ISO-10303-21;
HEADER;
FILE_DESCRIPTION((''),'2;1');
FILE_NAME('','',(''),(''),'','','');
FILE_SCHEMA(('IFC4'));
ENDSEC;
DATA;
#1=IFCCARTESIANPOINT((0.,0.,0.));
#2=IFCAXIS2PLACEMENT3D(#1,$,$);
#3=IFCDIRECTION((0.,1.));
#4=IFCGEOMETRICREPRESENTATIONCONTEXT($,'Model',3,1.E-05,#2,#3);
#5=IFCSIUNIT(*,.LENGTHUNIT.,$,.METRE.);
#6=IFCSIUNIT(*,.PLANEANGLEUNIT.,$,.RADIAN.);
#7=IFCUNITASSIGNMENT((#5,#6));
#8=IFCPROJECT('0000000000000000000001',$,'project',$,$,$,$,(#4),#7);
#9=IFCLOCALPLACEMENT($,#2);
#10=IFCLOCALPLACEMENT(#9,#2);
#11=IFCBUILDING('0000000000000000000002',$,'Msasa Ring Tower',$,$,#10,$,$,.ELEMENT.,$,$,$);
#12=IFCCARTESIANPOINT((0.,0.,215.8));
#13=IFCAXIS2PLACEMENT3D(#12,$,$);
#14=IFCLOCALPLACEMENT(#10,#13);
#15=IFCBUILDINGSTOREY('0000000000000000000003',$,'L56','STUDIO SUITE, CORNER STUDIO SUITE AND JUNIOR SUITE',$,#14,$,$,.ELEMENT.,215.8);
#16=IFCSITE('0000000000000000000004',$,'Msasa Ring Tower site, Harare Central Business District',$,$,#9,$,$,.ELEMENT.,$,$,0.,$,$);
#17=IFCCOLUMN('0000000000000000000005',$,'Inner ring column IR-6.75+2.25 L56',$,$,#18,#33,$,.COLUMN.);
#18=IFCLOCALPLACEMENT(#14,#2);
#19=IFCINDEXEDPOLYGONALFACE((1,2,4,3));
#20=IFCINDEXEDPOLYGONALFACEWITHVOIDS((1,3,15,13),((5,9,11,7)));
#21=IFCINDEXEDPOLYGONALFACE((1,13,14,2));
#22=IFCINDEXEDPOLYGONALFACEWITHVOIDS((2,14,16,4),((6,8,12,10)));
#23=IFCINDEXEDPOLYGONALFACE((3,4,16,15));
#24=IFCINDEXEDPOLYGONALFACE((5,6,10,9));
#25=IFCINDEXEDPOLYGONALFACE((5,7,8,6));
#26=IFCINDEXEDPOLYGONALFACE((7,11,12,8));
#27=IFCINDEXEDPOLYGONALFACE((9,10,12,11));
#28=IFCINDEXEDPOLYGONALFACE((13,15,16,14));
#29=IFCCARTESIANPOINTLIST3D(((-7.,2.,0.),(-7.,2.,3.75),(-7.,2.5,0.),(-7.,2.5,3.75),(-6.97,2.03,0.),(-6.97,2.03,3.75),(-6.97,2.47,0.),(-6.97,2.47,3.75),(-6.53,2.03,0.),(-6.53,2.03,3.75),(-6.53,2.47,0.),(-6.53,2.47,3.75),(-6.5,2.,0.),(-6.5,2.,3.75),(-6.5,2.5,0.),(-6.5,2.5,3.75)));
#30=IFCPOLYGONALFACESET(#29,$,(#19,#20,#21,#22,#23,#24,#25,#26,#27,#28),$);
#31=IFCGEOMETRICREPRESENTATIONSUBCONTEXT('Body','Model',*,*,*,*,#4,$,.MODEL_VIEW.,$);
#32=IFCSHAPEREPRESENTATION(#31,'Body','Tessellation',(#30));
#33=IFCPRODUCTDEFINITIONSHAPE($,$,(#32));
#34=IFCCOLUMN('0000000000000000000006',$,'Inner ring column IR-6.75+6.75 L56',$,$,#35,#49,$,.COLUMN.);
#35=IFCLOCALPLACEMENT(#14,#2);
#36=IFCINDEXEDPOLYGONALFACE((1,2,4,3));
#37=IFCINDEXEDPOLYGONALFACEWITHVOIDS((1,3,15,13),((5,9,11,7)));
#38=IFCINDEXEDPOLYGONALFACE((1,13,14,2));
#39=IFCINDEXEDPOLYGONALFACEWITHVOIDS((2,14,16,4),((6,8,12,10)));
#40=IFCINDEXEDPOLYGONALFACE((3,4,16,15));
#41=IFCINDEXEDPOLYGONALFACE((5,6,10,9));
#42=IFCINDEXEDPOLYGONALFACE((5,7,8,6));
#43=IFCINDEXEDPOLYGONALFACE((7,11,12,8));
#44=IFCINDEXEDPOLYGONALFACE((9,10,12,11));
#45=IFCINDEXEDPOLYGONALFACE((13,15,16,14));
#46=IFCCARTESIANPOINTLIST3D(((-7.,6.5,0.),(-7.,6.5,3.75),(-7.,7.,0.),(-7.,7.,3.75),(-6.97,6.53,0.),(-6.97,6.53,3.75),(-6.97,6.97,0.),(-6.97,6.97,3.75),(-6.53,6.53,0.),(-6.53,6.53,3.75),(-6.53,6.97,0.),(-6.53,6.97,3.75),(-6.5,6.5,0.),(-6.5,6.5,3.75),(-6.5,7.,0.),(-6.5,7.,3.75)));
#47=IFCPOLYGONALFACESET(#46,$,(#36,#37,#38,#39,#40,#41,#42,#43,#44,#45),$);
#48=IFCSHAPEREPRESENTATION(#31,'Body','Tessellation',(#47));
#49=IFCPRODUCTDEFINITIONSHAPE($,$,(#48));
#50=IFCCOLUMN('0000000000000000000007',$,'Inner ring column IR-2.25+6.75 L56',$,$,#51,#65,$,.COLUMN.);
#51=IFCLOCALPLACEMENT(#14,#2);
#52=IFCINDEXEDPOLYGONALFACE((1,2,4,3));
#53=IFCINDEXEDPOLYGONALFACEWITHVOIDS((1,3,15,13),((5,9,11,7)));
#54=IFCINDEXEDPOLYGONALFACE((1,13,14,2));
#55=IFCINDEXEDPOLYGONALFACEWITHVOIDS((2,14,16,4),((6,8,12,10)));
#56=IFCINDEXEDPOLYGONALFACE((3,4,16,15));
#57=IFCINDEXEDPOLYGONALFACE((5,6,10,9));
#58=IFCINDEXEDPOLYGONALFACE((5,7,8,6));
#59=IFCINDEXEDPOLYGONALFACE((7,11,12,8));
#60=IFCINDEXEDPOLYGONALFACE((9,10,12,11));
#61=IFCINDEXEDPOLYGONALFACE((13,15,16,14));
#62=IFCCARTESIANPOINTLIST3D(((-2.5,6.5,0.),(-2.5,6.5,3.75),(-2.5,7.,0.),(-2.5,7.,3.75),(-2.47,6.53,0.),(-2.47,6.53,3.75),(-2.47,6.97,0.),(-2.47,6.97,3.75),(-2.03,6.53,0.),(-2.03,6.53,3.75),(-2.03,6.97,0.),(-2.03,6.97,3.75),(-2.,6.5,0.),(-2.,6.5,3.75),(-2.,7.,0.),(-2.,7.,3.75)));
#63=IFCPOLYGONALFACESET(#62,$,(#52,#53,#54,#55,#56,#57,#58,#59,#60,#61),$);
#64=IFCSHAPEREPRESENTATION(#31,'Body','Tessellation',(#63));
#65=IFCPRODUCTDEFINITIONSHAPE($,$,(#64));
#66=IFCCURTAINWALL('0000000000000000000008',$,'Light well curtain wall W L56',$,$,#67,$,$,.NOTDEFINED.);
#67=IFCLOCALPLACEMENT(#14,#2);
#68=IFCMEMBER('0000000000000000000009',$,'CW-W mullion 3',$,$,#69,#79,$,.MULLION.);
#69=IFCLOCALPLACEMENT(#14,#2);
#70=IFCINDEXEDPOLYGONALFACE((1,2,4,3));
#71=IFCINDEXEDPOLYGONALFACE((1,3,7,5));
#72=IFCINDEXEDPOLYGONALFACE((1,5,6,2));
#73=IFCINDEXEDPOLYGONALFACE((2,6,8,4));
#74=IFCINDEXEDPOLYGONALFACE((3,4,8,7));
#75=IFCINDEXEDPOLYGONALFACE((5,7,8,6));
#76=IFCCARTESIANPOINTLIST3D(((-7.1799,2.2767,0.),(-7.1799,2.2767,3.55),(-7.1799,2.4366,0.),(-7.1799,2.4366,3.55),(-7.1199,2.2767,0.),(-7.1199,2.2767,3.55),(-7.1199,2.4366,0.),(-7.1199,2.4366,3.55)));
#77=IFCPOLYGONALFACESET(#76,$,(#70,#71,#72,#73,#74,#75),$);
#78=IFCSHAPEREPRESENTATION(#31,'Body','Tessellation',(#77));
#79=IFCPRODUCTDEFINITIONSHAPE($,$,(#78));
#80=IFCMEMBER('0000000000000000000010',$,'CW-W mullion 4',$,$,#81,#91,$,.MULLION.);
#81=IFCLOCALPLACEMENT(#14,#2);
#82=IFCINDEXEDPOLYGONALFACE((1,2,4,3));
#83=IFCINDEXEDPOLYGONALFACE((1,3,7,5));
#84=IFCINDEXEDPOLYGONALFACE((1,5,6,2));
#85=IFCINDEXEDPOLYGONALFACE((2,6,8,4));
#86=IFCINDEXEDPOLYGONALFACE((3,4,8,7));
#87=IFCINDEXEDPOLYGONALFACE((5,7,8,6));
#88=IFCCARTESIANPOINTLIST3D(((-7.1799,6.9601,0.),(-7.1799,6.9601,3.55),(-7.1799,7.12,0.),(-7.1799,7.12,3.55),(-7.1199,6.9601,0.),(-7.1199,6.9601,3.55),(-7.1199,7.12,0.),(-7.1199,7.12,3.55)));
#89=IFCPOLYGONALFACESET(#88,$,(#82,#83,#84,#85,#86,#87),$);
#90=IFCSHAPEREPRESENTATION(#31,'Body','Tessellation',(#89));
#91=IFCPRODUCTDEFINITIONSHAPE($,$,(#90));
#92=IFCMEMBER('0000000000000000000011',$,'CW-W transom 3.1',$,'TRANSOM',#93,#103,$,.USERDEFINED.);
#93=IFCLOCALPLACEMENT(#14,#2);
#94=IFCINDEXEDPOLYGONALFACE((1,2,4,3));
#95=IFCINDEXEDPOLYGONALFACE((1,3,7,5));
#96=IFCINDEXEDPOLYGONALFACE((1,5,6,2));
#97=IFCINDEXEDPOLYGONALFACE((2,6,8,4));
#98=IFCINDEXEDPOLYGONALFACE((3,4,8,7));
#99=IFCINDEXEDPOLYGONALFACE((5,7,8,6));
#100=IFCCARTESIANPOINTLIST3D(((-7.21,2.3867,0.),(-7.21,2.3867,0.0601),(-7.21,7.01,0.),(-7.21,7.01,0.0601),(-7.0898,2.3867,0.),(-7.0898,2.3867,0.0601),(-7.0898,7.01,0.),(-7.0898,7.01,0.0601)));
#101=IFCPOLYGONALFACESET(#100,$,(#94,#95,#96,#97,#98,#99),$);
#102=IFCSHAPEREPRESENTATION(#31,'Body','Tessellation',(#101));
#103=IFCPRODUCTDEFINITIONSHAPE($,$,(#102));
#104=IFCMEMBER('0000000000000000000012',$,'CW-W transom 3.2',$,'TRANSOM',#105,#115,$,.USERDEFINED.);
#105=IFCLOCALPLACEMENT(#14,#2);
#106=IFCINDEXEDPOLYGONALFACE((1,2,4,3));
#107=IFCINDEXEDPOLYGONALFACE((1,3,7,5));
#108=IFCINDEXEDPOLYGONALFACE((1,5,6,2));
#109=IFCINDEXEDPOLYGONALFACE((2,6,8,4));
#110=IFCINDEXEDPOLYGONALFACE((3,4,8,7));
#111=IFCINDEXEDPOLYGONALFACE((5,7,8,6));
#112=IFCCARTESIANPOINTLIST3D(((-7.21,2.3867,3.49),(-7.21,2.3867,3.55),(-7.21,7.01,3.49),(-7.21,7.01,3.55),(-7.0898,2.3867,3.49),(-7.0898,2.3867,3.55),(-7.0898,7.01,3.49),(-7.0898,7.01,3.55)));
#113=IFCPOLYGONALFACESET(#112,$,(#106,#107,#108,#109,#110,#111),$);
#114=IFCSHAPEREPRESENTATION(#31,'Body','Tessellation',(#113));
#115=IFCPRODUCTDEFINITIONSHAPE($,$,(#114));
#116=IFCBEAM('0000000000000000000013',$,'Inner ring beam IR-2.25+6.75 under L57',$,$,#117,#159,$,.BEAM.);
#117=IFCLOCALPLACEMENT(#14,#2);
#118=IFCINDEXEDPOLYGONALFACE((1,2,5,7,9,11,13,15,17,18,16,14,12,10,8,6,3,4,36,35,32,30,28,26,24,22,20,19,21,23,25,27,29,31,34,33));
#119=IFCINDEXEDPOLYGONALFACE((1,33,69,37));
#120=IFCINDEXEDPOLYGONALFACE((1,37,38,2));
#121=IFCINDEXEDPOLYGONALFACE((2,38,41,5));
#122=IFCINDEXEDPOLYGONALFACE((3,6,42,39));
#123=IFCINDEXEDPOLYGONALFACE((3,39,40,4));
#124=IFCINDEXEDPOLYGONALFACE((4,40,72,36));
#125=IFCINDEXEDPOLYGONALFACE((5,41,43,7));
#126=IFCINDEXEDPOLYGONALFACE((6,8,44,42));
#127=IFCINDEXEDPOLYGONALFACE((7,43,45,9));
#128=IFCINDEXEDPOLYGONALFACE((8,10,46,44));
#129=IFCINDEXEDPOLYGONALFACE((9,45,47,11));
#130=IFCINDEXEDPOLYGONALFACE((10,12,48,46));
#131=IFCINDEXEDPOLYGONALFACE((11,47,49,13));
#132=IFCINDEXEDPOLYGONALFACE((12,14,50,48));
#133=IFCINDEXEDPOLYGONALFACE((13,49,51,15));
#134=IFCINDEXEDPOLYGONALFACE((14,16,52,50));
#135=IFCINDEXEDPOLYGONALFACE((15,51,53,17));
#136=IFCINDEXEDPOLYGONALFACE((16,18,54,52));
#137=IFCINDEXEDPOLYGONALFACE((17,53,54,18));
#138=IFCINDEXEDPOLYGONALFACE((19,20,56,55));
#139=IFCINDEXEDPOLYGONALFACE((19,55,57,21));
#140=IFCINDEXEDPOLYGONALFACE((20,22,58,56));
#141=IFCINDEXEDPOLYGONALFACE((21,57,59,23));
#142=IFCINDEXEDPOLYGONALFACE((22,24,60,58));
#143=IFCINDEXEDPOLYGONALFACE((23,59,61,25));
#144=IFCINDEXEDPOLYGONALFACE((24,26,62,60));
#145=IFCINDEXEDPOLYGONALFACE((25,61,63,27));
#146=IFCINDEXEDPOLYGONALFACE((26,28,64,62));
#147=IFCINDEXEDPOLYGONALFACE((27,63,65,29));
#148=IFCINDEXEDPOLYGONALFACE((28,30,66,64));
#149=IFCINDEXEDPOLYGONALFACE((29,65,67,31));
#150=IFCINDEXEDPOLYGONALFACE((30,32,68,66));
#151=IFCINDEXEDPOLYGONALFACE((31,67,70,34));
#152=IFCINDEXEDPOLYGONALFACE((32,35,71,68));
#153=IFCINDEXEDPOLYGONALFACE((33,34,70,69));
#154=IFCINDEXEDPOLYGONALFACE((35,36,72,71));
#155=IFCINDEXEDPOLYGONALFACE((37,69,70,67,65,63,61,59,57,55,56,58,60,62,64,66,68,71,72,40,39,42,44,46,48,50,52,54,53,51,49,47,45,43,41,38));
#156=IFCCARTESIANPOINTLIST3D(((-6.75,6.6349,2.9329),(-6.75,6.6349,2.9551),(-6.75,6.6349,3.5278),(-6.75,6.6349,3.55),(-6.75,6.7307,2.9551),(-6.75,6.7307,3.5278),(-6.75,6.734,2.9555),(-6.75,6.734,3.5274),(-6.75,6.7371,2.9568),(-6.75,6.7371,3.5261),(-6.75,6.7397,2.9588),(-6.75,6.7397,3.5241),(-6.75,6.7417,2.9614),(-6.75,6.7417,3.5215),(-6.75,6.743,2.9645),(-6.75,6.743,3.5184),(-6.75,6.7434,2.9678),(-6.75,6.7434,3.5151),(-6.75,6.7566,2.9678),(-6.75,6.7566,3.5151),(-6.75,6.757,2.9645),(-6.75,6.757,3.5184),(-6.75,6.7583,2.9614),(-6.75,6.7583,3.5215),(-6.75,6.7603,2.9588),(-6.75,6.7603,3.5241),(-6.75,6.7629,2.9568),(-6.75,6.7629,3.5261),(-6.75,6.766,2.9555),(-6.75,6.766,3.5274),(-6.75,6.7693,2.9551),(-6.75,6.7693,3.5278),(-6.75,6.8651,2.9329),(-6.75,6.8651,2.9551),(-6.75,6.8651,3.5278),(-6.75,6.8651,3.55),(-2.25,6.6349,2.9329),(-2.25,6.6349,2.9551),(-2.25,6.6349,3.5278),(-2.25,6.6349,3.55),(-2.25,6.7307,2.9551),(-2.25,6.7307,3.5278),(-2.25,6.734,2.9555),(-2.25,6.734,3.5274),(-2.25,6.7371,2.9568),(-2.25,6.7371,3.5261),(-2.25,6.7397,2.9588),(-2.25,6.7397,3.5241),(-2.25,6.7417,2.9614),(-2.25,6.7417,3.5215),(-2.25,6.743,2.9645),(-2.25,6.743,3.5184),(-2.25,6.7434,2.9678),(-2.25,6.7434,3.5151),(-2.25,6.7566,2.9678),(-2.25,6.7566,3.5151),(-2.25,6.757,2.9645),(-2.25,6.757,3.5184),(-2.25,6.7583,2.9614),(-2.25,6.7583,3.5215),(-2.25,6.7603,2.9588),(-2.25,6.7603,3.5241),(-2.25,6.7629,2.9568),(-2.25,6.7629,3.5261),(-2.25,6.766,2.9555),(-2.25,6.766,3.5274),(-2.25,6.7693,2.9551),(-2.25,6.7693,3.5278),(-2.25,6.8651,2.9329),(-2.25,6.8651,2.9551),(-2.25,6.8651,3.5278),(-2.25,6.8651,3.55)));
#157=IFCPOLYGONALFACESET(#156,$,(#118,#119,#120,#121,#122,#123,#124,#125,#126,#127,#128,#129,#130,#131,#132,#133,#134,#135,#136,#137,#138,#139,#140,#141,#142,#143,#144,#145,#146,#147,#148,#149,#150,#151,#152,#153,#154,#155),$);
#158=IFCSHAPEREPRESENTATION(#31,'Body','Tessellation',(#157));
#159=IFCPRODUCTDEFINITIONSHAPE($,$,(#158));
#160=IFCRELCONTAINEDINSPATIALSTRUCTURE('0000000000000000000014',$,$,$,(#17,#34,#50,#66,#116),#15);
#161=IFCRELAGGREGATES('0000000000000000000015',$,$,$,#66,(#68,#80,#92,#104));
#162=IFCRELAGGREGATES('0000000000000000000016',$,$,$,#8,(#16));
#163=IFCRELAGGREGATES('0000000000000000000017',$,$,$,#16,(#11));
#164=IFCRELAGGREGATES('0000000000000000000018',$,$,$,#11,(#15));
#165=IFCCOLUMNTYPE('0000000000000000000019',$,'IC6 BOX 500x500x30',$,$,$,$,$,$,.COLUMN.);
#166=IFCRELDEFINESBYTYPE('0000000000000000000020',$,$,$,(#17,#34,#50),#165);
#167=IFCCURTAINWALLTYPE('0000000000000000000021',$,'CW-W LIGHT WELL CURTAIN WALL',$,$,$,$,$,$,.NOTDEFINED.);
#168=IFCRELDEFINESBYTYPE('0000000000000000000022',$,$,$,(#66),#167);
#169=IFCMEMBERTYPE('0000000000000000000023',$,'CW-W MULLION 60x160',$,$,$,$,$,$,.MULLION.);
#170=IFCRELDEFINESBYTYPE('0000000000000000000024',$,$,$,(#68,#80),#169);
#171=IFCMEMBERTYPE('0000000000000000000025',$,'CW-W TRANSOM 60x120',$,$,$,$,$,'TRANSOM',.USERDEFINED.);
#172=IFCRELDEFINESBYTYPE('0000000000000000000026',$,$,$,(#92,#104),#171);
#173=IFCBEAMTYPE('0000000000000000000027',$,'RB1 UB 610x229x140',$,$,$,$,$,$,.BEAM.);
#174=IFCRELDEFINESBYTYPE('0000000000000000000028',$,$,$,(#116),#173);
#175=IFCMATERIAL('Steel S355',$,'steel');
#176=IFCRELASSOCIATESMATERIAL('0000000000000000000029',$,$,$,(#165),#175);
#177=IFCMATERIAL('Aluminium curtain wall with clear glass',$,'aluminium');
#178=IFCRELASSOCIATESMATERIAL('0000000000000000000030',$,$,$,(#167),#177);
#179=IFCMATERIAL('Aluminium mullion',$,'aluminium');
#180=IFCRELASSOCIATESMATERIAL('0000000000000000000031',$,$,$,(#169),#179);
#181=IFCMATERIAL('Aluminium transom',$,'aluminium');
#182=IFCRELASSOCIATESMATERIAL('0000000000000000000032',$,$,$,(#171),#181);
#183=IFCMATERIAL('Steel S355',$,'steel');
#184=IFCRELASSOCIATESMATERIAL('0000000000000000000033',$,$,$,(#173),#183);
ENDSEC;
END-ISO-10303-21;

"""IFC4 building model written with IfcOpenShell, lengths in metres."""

from ifc_helpers import new_model, si_unit, direction, frame, origin, origin_2d, place, context, subcontext, project, spatial, rectangle, hollow_rectangle, i_section, extrude, material, material_profile, profile_set, type_object, element, aggregate, save


model = new_model("IFC4")

# Units and contexts
model_context = context("Model", 3, precision=1e-05, world=origin(), true_north=direction((0.0, 1.0)))
body_context = subcontext(model_context, "Body", "Model", "MODEL_VIEW")
ifc_project = project(units=[si_unit("LENGTHUNIT", "METRE"), si_unit("PLANEANGLEUNIT", "RADIAN")], contexts=[model_context])

# Site, building, storey
site_placement = place(None, origin())
site = spatial("IfcSite", under=ifc_project, at=site_placement, Name="Msasa Ring Tower site, Harare Central Business District", CompositionType="ELEMENT", RefElevation=0.0)
building_placement = place(site_placement, origin())
building = spatial("IfcBuilding", under=site, at=building_placement, Name="Msasa Ring Tower", CompositionType="ELEMENT")
storey_placement = place(building_placement, frame((0.0, 0.0, 215.8)))
storey = spatial("IfcBuildingStorey", under=building, at=storey_placement, Name="L56", Description="STUDIO SUITE, CORNER STUDIO SUITE AND JUNIOR SUITE", CompositionType="ELEMENT", Elevation=215.8)

# Columns
ifc_material_1 = material(Name="Steel S355", Category="steel")
ifc_material_profile_1 = material_profile(ifc_material_1, hollow_rectangle(XDim=0.5, YDim=0.5, WallThickness=0.03, at=origin_2d()), Name="BOX 500x500x30")
ifc_profile_set_1 = profile_set([ifc_material_profile_1], Name="Steel S355")
column_type = type_object("IfcColumnType", Name="IC6 BOX 500x500x30", PredefinedType="COLUMN", material=ifc_profile_set_1)
for number, where, z_axis, x_axis, name in (
    (1, (-6.75, 2.25, 0.0), (0.0, 0.0, 1.0), (1.0, 0.0, 0.0), "Inner ring column IR-6.75+2.25 L56"),
    (2, (-6.75, 6.75, 0.0), (0.0, 0.0, 1.0), (1.0, 0.0, 0.0), "Inner ring column IR-6.75+6.75 L56"),
    (3, (-2.25, 6.75, 0.0), (0.0, 0.0, 1.0), (1.0, 0.0, 0.0), "Inner ring column IR-2.25+6.75 L56"),
):
    element("IfcColumn", number, at=place(storey_placement, frame(where, z_axis=z_axis, x_axis=x_axis)), inside=storey, type_object=column_type, Name=name, PredefinedType="COLUMN", context=body_context, shape_type="SweptSolid", body=[
        extrude(hollow_rectangle(XDim=0.5, YDim=0.5, WallThickness=0.03, at=origin_2d()), origin(), (0.0, 0.0, 1.0), 3.75),
    ])

# Curtain wall, members
ifc_material_2 = material(Name="Aluminium curtain wall with clear glass", Category="aluminium")
curtain_wall_type = type_object("IfcCurtainWallType", Name="CW-W LIGHT WELL CURTAIN WALL", PredefinedType="NOTDEFINED", material=ifc_material_2)
curtain_wall_placement = place(storey_placement, origin())
curtain_wall = element("IfcCurtainWall", 4, at=curtain_wall_placement, inside=storey, type_object=curtain_wall_type, Name="Light well curtain wall W L56", PredefinedType="NOTDEFINED")
ifc_material_3 = material(Name="Aluminium mullion", Category="aluminium")
ifc_material_profile_2 = material_profile(ifc_material_3, rectangle(XDim=0.0601, YDim=0.1599, at=origin_2d()), Name="AL 60x160")
ifc_profile_set_2 = profile_set([ifc_material_profile_2], Name="Aluminium mullion")
member_type_1 = type_object("IfcMemberType", Name="CW-W MULLION 60x160", PredefinedType="MULLION", material=ifc_profile_set_2)
member_1_placement = place(storey_placement, frame((-7.1499, 2.3567, 0.0), z_axis=(0.0, 0.0, 1.0), x_axis=(-1.0, 0.0, 0.0)))
member_1 = element("IfcMember", 5, at=member_1_placement, type_object=member_type_1, Name="CW-W mullion 3", PredefinedType="MULLION", context=body_context, shape_type="SweptSolid", body=[
    extrude(rectangle(XDim=0.0601, YDim=0.1599, at=origin_2d()), origin(), (0.0, 0.0, 1.0), 3.55),
])
member_2_placement = place(storey_placement, frame((-7.1499, 7.04, 0.0), z_axis=(0.0, 0.0, 1.0), x_axis=(-1.0, 0.0, 0.0)))
member_2 = element("IfcMember", 6, at=member_2_placement, type_object=member_type_1, Name="CW-W mullion 4", PredefinedType="MULLION", context=body_context, shape_type="SweptSolid", body=[
    extrude(rectangle(XDim=0.0601, YDim=0.1599, at=origin_2d()), origin(), (0.0, 0.0, 1.0), 3.55),
])
ifc_material_4 = material(Name="Aluminium transom", Category="aluminium")
ifc_material_profile_3 = material_profile(ifc_material_4, rectangle(XDim=0.1201, YDim=0.0601, at=origin_2d()), Name="AL 60x120")
ifc_profile_set_3 = profile_set([ifc_material_profile_3], Name="Aluminium transom")
member_type_2 = type_object("IfcMemberType", Name="CW-W TRANSOM 60x120", ElementType="TRANSOM", PredefinedType="USERDEFINED", material=ifc_profile_set_3)
member_3_placement = place(storey_placement, frame((-7.1499, 2.3867, 0.03), z_axis=(0.0, 1.0, 0.0), x_axis=(-1.0, 0.0, 0.0)))
member_3 = element("IfcMember", 7, at=member_3_placement, type_object=member_type_2, Name="CW-W transom 3.1", ObjectType="TRANSOM", PredefinedType="USERDEFINED", context=body_context, shape_type="SweptSolid", body=[
    extrude(rectangle(XDim=0.1201, YDim=0.0601, at=origin_2d()), origin(), (0.0, 0.0, 1.0), 4.6233),
])
member_4_placement = place(storey_placement, frame((-7.1499, 2.3867, 3.52), z_axis=(0.0, 1.0, 0.0), x_axis=(-1.0, 0.0, 0.0)))
member_4 = element("IfcMember", 8, at=member_4_placement, type_object=member_type_2, Name="CW-W transom 3.2", ObjectType="TRANSOM", PredefinedType="USERDEFINED", context=body_context, shape_type="SweptSolid", body=[
    extrude(rectangle(XDim=0.1201, YDim=0.0601, at=origin_2d()), origin(), (0.0, 0.0, 1.0), 4.6233),
])

# Beam
ifc_material_5 = material(Name="Steel S355", Category="steel")
ifc_material_profile_4 = material_profile(ifc_material_5, i_section(OverallWidth=0.2302, OverallDepth=0.6172, WebThickness=0.0132, FlangeThickness=0.0222, FilletRadius=0.0127, at=origin_2d()), Name="UB 610x229x140")
ifc_profile_set_4 = profile_set([ifc_material_profile_4], Name="Steel S355")
beam_type = type_object("IfcBeamType", Name="RB1 UB 610x229x140", PredefinedType="BEAM", material=ifc_profile_set_4)
for number, where, z_axis, x_axis, name in (
    (9, (-2.25, 6.75, 3.2415), (-1.0, 0.0, 0.0), (0.0, -1.0, 0.0), "Inner ring beam IR-2.25+6.75 under L57"),
):
    element("IfcBeam", number, at=place(storey_placement, frame(where, z_axis=z_axis, x_axis=x_axis)), inside=storey, type_object=beam_type, Name=name, PredefinedType="BEAM", context=body_context, shape_type="SweptSolid", body=[
        extrude(i_section(OverallWidth=0.2302, OverallDepth=0.6172, WebThickness=0.0132, FlangeThickness=0.0222, FilletRadius=0.0127, at=origin_2d()), origin(), (0.0, 0.0, 1.0), 4.5),
    ])

aggregate(curtain_wall, [member_1, member_2, member_3, member_4])

save(model, "model.ifc")
